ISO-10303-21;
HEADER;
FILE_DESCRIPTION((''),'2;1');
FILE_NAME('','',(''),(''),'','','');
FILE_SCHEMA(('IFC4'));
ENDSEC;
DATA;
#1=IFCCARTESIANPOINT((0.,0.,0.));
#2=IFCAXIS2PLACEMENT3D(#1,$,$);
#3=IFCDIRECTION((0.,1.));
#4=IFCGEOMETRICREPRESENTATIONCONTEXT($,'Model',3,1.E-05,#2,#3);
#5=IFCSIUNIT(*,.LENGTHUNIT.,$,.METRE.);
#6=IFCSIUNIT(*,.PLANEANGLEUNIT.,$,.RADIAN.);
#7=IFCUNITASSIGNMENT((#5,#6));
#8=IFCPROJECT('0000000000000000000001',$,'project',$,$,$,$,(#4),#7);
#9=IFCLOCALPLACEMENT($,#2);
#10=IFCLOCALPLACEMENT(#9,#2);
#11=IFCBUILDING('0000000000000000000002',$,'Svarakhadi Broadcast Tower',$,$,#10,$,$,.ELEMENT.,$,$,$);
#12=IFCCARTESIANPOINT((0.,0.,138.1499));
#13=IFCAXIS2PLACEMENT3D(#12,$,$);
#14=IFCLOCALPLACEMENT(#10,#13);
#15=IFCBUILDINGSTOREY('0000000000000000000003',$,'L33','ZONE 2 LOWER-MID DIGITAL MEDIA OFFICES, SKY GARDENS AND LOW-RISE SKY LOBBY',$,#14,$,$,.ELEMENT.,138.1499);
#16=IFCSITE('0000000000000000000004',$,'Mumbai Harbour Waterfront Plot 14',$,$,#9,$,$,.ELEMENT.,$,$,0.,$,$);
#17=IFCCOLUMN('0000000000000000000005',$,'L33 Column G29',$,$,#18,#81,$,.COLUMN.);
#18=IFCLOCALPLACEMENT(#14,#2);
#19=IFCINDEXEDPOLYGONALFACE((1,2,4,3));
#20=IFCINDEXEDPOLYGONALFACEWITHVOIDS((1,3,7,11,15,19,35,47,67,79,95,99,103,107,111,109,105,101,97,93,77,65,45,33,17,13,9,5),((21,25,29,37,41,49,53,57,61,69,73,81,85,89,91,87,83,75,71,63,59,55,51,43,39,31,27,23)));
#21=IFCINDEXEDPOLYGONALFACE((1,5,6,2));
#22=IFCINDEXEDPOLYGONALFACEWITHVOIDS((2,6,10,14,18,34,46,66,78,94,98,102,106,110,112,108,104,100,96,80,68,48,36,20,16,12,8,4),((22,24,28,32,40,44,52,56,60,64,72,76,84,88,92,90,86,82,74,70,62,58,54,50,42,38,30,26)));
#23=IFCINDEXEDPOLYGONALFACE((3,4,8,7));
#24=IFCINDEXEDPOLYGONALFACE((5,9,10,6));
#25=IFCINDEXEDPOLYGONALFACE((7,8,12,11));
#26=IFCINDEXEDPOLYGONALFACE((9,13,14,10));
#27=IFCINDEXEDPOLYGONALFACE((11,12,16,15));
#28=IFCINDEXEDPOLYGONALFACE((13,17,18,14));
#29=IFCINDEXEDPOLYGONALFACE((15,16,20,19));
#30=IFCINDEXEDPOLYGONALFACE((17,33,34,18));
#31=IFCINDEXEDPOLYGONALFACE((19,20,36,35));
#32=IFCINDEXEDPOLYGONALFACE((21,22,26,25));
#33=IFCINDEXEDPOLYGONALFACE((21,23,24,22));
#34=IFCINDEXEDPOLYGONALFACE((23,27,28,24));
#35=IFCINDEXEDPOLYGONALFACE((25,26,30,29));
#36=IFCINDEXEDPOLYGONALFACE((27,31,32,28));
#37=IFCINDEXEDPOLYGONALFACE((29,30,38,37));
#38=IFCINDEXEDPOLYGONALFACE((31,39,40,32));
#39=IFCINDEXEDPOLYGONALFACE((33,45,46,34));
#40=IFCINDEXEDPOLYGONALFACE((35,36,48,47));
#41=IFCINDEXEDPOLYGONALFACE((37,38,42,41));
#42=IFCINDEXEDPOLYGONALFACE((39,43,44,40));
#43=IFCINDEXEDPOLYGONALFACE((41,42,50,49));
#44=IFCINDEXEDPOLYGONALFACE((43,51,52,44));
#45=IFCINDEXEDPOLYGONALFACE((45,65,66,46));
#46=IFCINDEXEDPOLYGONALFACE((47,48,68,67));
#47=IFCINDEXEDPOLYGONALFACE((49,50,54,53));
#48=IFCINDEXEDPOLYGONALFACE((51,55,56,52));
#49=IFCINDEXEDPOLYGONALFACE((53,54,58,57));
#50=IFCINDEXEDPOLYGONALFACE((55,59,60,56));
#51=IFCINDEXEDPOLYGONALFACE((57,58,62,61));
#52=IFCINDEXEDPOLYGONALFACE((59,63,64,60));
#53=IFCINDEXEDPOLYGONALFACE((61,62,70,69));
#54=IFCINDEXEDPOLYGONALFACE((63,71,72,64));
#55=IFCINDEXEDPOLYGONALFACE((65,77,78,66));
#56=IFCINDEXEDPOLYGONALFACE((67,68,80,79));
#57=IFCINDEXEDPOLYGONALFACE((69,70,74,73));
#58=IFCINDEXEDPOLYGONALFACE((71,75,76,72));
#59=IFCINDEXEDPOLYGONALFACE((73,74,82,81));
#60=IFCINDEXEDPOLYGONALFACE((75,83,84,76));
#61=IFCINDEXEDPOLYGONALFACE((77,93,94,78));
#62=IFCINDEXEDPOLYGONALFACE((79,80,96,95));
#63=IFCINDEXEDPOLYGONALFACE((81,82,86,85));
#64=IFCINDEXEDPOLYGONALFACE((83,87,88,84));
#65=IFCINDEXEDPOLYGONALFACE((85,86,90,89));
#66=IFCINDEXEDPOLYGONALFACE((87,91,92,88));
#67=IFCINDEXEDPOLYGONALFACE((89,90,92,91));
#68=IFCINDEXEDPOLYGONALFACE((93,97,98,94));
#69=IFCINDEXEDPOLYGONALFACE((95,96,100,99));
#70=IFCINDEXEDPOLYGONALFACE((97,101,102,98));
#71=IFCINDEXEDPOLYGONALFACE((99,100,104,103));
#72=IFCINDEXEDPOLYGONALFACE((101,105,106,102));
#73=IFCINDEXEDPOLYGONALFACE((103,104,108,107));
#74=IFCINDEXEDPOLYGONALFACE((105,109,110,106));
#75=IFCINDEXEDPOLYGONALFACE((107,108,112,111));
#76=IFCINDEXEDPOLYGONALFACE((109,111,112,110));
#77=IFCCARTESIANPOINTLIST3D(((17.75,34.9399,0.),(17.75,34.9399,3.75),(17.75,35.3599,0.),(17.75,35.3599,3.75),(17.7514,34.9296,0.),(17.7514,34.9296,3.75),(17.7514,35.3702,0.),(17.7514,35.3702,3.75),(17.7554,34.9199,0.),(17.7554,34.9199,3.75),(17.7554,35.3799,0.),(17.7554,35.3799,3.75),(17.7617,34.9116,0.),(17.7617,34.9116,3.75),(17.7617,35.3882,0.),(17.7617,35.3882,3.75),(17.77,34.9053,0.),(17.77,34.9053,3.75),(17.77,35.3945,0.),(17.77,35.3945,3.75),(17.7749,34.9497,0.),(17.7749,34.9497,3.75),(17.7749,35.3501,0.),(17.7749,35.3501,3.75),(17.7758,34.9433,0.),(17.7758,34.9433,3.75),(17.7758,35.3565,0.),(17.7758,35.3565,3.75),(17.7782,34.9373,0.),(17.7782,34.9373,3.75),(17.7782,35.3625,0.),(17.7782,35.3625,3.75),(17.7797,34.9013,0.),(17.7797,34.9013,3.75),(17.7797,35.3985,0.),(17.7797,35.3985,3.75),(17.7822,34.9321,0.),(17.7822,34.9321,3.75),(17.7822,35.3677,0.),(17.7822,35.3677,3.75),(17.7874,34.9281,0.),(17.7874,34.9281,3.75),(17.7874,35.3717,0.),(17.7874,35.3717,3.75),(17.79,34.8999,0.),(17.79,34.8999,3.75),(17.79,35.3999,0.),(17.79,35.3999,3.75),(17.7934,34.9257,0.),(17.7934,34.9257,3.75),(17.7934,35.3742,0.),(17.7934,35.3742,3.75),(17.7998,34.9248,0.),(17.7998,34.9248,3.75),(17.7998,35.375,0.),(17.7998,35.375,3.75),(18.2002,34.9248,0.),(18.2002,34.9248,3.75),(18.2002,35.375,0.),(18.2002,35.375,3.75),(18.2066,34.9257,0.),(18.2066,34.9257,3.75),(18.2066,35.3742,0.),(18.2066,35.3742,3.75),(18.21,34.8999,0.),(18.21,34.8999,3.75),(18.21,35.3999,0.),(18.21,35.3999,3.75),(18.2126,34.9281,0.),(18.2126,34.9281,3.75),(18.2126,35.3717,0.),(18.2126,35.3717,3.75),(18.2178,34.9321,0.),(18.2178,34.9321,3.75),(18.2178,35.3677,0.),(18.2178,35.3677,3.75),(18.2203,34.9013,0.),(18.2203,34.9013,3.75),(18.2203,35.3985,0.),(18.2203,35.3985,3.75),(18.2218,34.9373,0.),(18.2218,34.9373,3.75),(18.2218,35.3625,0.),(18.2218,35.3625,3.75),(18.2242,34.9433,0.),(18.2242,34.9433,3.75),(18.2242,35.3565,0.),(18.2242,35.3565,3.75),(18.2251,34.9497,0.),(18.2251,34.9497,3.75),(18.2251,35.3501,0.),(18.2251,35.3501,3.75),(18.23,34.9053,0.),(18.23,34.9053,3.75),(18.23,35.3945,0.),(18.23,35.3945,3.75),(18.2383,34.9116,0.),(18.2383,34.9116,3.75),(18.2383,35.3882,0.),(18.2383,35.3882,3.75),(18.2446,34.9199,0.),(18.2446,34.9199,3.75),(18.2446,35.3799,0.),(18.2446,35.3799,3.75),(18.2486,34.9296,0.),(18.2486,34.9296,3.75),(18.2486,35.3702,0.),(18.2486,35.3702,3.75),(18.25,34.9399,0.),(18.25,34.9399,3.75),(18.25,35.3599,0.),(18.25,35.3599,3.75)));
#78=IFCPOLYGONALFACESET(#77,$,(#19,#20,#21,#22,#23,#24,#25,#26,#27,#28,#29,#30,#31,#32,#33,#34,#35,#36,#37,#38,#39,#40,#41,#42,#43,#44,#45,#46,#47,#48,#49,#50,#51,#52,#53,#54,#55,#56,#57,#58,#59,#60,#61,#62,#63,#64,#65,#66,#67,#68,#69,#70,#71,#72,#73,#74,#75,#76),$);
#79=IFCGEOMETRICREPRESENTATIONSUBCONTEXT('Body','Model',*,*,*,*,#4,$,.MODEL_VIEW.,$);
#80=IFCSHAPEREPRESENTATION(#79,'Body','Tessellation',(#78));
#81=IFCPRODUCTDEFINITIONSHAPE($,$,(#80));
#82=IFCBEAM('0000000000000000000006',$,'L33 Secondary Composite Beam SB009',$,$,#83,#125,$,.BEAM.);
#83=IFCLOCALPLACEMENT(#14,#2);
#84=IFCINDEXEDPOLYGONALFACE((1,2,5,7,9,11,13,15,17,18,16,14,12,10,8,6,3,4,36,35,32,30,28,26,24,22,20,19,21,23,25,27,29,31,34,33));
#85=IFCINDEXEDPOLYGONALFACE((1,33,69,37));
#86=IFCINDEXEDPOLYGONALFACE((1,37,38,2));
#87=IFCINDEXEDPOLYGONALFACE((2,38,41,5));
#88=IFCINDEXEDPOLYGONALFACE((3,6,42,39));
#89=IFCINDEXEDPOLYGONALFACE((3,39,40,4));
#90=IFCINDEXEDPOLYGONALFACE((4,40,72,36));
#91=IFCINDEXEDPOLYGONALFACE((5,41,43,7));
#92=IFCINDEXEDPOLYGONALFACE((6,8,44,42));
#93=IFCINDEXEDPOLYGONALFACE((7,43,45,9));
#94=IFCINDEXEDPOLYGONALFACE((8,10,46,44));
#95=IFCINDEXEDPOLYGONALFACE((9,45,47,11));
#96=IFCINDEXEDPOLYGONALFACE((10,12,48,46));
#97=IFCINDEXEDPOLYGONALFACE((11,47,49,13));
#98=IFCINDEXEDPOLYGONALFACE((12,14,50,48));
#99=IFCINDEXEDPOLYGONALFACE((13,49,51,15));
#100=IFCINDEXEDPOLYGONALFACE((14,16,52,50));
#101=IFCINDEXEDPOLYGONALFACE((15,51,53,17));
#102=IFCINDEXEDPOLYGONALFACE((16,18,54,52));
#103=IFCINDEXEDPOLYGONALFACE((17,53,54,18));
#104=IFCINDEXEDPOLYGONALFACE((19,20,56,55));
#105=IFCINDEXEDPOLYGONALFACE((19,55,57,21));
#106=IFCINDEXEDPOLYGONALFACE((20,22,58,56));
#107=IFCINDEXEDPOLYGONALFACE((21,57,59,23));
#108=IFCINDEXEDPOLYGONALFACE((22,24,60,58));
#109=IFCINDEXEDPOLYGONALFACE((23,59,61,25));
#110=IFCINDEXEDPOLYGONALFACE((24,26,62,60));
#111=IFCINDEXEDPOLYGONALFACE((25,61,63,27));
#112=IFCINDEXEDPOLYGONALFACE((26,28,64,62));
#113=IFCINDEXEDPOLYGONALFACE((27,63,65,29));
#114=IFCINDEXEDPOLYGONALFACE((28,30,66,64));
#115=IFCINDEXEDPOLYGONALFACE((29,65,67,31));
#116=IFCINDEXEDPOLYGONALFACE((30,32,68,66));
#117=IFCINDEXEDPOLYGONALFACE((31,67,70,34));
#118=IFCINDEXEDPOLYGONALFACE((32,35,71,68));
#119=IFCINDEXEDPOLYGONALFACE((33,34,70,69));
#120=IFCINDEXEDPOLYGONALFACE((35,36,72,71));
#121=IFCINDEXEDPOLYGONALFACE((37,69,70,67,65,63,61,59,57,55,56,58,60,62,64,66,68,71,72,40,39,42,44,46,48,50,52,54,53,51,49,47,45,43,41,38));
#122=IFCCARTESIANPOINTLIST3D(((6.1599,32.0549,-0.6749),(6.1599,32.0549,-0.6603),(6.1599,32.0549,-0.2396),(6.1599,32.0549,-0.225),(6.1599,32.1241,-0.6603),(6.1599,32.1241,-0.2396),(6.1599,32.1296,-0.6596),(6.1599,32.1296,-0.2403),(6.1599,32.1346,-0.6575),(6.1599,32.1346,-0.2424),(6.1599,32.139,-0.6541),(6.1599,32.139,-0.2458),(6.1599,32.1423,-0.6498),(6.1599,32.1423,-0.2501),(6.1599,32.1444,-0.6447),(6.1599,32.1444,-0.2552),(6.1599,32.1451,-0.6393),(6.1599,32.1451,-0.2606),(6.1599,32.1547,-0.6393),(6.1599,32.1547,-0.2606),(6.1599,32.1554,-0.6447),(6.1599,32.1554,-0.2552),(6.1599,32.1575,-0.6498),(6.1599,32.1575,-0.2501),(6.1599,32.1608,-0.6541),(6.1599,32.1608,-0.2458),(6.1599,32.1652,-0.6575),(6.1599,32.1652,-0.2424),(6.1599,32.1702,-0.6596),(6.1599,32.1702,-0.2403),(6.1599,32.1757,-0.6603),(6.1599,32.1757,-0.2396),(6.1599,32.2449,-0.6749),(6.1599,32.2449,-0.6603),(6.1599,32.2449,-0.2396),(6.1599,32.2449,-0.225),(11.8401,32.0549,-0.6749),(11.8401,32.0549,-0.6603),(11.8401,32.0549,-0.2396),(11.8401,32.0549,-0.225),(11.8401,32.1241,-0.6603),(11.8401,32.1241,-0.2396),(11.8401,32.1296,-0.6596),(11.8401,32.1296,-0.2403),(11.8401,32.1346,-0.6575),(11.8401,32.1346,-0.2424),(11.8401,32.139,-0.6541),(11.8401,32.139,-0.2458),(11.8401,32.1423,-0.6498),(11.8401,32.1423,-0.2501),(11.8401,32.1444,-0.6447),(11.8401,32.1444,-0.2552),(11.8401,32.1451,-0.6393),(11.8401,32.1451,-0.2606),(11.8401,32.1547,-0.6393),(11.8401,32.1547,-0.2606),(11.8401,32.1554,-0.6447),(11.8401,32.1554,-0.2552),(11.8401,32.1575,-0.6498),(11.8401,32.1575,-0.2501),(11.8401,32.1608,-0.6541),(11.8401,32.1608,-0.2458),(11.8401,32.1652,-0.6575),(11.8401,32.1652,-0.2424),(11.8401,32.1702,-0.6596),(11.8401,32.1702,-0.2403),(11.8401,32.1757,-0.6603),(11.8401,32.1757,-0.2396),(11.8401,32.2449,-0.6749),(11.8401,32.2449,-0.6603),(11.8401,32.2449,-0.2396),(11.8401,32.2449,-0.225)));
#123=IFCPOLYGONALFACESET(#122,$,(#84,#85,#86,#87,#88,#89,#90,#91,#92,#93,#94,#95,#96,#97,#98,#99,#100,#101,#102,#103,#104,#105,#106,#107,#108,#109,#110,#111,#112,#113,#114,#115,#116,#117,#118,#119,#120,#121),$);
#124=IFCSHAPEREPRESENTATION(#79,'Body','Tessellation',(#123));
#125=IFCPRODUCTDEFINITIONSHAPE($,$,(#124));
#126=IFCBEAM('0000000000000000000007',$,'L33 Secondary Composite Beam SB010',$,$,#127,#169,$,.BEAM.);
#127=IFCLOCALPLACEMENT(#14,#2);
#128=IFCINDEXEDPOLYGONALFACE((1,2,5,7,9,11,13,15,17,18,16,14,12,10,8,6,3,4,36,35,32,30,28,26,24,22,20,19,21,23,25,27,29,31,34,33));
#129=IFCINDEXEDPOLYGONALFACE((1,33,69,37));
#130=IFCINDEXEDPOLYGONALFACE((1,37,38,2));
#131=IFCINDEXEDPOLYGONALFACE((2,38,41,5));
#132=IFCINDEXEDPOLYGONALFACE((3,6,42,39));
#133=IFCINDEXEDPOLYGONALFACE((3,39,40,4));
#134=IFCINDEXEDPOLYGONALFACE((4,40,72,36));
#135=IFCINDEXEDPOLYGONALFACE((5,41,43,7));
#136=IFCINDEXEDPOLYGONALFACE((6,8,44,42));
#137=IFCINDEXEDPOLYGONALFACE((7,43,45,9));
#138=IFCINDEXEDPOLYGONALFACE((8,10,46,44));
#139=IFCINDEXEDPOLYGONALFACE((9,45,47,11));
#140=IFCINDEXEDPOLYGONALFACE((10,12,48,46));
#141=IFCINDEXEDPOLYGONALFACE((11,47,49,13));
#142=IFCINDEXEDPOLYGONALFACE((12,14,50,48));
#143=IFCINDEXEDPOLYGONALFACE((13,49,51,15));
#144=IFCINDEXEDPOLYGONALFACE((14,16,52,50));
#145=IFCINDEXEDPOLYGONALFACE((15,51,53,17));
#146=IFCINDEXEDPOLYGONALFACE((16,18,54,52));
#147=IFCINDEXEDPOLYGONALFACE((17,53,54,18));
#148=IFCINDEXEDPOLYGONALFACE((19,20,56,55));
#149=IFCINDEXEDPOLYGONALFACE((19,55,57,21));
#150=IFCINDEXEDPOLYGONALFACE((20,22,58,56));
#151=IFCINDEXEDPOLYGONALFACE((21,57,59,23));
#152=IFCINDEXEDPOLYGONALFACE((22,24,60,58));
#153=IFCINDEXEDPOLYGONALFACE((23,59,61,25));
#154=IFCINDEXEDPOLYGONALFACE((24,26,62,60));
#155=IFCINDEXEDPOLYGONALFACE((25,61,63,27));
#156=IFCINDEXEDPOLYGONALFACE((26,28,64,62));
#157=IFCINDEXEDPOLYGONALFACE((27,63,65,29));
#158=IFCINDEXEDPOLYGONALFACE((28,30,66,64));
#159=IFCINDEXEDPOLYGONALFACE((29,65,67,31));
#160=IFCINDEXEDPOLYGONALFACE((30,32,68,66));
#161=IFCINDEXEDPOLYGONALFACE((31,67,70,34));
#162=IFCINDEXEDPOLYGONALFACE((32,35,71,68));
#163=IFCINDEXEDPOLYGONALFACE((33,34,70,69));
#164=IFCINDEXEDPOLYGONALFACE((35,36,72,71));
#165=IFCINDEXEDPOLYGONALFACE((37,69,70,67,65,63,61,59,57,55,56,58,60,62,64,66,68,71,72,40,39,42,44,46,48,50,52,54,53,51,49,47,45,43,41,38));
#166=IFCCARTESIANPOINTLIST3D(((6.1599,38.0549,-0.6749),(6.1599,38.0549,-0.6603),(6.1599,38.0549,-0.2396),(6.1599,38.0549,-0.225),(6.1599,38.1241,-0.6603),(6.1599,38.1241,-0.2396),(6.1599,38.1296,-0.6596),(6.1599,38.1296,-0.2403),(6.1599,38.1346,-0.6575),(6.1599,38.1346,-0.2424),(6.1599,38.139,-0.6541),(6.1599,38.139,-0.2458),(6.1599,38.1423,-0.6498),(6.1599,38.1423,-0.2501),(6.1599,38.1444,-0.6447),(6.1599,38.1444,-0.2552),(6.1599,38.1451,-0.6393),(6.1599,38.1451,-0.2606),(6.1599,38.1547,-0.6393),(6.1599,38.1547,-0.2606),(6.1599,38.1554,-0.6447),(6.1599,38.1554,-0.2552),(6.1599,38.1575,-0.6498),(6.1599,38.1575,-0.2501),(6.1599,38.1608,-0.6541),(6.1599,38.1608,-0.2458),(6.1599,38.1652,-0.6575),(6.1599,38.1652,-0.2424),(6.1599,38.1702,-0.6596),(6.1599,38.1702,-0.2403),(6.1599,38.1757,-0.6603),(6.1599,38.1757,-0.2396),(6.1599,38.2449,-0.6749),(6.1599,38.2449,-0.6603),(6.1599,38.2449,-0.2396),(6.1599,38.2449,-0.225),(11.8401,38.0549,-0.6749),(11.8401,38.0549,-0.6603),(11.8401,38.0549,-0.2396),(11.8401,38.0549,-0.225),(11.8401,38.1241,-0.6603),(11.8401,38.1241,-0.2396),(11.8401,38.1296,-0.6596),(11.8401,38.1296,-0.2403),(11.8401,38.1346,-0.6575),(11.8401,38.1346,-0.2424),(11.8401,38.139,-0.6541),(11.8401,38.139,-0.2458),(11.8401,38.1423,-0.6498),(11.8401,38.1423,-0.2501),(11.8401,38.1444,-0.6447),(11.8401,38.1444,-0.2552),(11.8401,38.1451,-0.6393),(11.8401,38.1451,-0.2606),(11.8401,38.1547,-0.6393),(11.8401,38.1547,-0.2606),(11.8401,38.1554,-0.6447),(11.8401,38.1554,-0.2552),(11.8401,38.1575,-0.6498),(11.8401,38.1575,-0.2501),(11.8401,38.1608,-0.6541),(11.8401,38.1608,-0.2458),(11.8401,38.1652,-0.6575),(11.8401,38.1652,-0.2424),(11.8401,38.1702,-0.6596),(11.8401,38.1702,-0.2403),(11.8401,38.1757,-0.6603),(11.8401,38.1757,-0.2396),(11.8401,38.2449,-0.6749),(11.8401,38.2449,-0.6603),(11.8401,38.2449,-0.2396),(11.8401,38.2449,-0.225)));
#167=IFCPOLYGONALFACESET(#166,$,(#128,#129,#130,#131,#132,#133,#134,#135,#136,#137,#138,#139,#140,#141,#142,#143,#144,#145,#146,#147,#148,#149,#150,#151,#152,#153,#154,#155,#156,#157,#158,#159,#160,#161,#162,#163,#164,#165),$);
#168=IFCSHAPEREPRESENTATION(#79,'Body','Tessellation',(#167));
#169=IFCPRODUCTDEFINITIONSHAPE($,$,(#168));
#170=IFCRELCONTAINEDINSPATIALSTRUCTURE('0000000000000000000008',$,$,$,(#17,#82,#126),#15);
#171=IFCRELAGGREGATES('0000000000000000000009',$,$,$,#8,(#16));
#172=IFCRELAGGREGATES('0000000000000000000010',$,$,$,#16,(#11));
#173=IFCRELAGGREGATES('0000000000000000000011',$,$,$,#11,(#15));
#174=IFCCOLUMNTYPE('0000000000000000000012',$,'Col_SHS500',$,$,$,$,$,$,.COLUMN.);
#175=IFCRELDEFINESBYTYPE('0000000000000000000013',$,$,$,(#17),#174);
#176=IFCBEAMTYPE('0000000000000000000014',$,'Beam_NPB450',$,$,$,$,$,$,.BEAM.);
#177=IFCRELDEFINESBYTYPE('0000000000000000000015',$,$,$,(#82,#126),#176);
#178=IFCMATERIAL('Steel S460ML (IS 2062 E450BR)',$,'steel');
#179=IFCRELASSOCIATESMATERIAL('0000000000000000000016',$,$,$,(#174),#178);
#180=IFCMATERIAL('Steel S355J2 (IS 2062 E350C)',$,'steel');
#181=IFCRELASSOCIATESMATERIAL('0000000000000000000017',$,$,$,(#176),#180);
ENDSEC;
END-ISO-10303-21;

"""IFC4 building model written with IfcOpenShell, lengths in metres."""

from ifc_helpers import new_model, si_unit, direction, frame, origin, origin_2d, place, context, subcontext, project, spatial, hollow_rectangle, i_section, extrude, material, material_profile, profile_set, type_object, element, save


model = new_model("IFC4")

# Units and contexts
model_context = context("Model", 3, precision=1e-05, world=origin(), true_north=direction((0.0, 1.0)))
body_context = subcontext(model_context, "Body", "Model", "MODEL_VIEW")
ifc_project = project(units=[si_unit("LENGTHUNIT", "METRE"), si_unit("PLANEANGLEUNIT", "RADIAN")], contexts=[model_context])

# Site, building, storey
site_placement = place(None, origin())
site = spatial("IfcSite", under=ifc_project, at=site_placement, Name="Mumbai Harbour Waterfront Plot 14", CompositionType="ELEMENT", RefElevation=0.0)
building_placement = place(site_placement, origin())
building = spatial("IfcBuilding", under=site, at=building_placement, Name="Svarakhadi Broadcast Tower", CompositionType="ELEMENT")
storey_placement = place(building_placement, frame((0.0, 0.0, 138.1499)))
storey = spatial("IfcBuildingStorey", under=building, at=storey_placement, Name="L33", Description="ZONE 2 LOWER-MID DIGITAL MEDIA OFFICES, SKY GARDENS AND LOW-RISE SKY LOBBY", CompositionType="ELEMENT", Elevation=138.1499)

# Column
ifc_material_1 = material(Name="Steel S460ML (IS 2062 E450BR)", Category="steel")
ifc_material_profile_1 = material_profile(ifc_material_1, hollow_rectangle(XDim=0.5, YDim=0.5, WallThickness=0.0249, InnerFilletRadius=0.0249, OuterFilletRadius=0.04, at=origin_2d()), Name="SHS 500x500x25")
ifc_profile_set_1 = profile_set([ifc_material_profile_1], Name="Steel S460ML (IS 2062 E450BR)")
column_type_1 = type_object("IfcColumnType", Name="Col_SHS500", PredefinedType="COLUMN", material=ifc_profile_set_1)
for number, where, z_axis, x_axis, name in (
    (1, (18.0, 35.1499, 0.0), (0.0, 0.0, 1.0), (1.0, 0.0, 0.0), "L33 Column G29"),
):
    element("IfcColumn", number, at=place(storey_placement, frame(where, z_axis=z_axis, x_axis=x_axis)), inside=storey, type_object=column_type_1, Name=name, PredefinedType="COLUMN", context=body_context, shape_type="SweptSolid", body=[
        extrude(hollow_rectangle(XDim=0.5, YDim=0.5, WallThickness=0.0249, InnerFilletRadius=0.0249, OuterFilletRadius=0.04, at=origin_2d()), origin(), (0.0, 0.0, 1.0), 3.75),
    ])

# Beams
ifc_material_2 = material(Name="Steel S355J2 (IS 2062 E350C)", Category="steel")
ifc_material_profile_2 = material_profile(ifc_material_2, i_section(OverallWidth=0.1899, OverallDepth=0.45, WebThickness=0.0095, FlangeThickness=0.0146, FilletRadius=0.021, at=origin_2d()), Name="NPB 450x190x78")
ifc_profile_set_2 = profile_set([ifc_material_profile_2], Name="Steel S355J2 (IS 2062 E350C)")
beam_type_1 = type_object("IfcBeamType", Name="Beam_NPB450", PredefinedType="BEAM", material=ifc_profile_set_2)
for number, where, z_axis, x_axis, name in (
    (2, (6.1599, 32.1499, -0.45), (1.0, 0.0, 0.0), (0.0, 1.0, 0.0), "L33 Secondary Composite Beam SB009"),
    (3, (6.1599, 38.1499, -0.45), (1.0, 0.0, 0.0), (0.0, 1.0, 0.0), "L33 Secondary Composite Beam SB010"),
):
    element("IfcBeam", number, at=place(storey_placement, frame(where, z_axis=z_axis, x_axis=x_axis)), inside=storey, type_object=beam_type_1, Name=name, PredefinedType="BEAM", context=body_context, shape_type="SweptSolid", body=[
        extrude(i_section(OverallWidth=0.1899, OverallDepth=0.45, WebThickness=0.0095, FlangeThickness=0.0146, FilletRadius=0.021, at=origin_2d()), origin(), (0.0, 0.0, 1.0), 5.6802),
    ])

save(model, "model.ifc")
